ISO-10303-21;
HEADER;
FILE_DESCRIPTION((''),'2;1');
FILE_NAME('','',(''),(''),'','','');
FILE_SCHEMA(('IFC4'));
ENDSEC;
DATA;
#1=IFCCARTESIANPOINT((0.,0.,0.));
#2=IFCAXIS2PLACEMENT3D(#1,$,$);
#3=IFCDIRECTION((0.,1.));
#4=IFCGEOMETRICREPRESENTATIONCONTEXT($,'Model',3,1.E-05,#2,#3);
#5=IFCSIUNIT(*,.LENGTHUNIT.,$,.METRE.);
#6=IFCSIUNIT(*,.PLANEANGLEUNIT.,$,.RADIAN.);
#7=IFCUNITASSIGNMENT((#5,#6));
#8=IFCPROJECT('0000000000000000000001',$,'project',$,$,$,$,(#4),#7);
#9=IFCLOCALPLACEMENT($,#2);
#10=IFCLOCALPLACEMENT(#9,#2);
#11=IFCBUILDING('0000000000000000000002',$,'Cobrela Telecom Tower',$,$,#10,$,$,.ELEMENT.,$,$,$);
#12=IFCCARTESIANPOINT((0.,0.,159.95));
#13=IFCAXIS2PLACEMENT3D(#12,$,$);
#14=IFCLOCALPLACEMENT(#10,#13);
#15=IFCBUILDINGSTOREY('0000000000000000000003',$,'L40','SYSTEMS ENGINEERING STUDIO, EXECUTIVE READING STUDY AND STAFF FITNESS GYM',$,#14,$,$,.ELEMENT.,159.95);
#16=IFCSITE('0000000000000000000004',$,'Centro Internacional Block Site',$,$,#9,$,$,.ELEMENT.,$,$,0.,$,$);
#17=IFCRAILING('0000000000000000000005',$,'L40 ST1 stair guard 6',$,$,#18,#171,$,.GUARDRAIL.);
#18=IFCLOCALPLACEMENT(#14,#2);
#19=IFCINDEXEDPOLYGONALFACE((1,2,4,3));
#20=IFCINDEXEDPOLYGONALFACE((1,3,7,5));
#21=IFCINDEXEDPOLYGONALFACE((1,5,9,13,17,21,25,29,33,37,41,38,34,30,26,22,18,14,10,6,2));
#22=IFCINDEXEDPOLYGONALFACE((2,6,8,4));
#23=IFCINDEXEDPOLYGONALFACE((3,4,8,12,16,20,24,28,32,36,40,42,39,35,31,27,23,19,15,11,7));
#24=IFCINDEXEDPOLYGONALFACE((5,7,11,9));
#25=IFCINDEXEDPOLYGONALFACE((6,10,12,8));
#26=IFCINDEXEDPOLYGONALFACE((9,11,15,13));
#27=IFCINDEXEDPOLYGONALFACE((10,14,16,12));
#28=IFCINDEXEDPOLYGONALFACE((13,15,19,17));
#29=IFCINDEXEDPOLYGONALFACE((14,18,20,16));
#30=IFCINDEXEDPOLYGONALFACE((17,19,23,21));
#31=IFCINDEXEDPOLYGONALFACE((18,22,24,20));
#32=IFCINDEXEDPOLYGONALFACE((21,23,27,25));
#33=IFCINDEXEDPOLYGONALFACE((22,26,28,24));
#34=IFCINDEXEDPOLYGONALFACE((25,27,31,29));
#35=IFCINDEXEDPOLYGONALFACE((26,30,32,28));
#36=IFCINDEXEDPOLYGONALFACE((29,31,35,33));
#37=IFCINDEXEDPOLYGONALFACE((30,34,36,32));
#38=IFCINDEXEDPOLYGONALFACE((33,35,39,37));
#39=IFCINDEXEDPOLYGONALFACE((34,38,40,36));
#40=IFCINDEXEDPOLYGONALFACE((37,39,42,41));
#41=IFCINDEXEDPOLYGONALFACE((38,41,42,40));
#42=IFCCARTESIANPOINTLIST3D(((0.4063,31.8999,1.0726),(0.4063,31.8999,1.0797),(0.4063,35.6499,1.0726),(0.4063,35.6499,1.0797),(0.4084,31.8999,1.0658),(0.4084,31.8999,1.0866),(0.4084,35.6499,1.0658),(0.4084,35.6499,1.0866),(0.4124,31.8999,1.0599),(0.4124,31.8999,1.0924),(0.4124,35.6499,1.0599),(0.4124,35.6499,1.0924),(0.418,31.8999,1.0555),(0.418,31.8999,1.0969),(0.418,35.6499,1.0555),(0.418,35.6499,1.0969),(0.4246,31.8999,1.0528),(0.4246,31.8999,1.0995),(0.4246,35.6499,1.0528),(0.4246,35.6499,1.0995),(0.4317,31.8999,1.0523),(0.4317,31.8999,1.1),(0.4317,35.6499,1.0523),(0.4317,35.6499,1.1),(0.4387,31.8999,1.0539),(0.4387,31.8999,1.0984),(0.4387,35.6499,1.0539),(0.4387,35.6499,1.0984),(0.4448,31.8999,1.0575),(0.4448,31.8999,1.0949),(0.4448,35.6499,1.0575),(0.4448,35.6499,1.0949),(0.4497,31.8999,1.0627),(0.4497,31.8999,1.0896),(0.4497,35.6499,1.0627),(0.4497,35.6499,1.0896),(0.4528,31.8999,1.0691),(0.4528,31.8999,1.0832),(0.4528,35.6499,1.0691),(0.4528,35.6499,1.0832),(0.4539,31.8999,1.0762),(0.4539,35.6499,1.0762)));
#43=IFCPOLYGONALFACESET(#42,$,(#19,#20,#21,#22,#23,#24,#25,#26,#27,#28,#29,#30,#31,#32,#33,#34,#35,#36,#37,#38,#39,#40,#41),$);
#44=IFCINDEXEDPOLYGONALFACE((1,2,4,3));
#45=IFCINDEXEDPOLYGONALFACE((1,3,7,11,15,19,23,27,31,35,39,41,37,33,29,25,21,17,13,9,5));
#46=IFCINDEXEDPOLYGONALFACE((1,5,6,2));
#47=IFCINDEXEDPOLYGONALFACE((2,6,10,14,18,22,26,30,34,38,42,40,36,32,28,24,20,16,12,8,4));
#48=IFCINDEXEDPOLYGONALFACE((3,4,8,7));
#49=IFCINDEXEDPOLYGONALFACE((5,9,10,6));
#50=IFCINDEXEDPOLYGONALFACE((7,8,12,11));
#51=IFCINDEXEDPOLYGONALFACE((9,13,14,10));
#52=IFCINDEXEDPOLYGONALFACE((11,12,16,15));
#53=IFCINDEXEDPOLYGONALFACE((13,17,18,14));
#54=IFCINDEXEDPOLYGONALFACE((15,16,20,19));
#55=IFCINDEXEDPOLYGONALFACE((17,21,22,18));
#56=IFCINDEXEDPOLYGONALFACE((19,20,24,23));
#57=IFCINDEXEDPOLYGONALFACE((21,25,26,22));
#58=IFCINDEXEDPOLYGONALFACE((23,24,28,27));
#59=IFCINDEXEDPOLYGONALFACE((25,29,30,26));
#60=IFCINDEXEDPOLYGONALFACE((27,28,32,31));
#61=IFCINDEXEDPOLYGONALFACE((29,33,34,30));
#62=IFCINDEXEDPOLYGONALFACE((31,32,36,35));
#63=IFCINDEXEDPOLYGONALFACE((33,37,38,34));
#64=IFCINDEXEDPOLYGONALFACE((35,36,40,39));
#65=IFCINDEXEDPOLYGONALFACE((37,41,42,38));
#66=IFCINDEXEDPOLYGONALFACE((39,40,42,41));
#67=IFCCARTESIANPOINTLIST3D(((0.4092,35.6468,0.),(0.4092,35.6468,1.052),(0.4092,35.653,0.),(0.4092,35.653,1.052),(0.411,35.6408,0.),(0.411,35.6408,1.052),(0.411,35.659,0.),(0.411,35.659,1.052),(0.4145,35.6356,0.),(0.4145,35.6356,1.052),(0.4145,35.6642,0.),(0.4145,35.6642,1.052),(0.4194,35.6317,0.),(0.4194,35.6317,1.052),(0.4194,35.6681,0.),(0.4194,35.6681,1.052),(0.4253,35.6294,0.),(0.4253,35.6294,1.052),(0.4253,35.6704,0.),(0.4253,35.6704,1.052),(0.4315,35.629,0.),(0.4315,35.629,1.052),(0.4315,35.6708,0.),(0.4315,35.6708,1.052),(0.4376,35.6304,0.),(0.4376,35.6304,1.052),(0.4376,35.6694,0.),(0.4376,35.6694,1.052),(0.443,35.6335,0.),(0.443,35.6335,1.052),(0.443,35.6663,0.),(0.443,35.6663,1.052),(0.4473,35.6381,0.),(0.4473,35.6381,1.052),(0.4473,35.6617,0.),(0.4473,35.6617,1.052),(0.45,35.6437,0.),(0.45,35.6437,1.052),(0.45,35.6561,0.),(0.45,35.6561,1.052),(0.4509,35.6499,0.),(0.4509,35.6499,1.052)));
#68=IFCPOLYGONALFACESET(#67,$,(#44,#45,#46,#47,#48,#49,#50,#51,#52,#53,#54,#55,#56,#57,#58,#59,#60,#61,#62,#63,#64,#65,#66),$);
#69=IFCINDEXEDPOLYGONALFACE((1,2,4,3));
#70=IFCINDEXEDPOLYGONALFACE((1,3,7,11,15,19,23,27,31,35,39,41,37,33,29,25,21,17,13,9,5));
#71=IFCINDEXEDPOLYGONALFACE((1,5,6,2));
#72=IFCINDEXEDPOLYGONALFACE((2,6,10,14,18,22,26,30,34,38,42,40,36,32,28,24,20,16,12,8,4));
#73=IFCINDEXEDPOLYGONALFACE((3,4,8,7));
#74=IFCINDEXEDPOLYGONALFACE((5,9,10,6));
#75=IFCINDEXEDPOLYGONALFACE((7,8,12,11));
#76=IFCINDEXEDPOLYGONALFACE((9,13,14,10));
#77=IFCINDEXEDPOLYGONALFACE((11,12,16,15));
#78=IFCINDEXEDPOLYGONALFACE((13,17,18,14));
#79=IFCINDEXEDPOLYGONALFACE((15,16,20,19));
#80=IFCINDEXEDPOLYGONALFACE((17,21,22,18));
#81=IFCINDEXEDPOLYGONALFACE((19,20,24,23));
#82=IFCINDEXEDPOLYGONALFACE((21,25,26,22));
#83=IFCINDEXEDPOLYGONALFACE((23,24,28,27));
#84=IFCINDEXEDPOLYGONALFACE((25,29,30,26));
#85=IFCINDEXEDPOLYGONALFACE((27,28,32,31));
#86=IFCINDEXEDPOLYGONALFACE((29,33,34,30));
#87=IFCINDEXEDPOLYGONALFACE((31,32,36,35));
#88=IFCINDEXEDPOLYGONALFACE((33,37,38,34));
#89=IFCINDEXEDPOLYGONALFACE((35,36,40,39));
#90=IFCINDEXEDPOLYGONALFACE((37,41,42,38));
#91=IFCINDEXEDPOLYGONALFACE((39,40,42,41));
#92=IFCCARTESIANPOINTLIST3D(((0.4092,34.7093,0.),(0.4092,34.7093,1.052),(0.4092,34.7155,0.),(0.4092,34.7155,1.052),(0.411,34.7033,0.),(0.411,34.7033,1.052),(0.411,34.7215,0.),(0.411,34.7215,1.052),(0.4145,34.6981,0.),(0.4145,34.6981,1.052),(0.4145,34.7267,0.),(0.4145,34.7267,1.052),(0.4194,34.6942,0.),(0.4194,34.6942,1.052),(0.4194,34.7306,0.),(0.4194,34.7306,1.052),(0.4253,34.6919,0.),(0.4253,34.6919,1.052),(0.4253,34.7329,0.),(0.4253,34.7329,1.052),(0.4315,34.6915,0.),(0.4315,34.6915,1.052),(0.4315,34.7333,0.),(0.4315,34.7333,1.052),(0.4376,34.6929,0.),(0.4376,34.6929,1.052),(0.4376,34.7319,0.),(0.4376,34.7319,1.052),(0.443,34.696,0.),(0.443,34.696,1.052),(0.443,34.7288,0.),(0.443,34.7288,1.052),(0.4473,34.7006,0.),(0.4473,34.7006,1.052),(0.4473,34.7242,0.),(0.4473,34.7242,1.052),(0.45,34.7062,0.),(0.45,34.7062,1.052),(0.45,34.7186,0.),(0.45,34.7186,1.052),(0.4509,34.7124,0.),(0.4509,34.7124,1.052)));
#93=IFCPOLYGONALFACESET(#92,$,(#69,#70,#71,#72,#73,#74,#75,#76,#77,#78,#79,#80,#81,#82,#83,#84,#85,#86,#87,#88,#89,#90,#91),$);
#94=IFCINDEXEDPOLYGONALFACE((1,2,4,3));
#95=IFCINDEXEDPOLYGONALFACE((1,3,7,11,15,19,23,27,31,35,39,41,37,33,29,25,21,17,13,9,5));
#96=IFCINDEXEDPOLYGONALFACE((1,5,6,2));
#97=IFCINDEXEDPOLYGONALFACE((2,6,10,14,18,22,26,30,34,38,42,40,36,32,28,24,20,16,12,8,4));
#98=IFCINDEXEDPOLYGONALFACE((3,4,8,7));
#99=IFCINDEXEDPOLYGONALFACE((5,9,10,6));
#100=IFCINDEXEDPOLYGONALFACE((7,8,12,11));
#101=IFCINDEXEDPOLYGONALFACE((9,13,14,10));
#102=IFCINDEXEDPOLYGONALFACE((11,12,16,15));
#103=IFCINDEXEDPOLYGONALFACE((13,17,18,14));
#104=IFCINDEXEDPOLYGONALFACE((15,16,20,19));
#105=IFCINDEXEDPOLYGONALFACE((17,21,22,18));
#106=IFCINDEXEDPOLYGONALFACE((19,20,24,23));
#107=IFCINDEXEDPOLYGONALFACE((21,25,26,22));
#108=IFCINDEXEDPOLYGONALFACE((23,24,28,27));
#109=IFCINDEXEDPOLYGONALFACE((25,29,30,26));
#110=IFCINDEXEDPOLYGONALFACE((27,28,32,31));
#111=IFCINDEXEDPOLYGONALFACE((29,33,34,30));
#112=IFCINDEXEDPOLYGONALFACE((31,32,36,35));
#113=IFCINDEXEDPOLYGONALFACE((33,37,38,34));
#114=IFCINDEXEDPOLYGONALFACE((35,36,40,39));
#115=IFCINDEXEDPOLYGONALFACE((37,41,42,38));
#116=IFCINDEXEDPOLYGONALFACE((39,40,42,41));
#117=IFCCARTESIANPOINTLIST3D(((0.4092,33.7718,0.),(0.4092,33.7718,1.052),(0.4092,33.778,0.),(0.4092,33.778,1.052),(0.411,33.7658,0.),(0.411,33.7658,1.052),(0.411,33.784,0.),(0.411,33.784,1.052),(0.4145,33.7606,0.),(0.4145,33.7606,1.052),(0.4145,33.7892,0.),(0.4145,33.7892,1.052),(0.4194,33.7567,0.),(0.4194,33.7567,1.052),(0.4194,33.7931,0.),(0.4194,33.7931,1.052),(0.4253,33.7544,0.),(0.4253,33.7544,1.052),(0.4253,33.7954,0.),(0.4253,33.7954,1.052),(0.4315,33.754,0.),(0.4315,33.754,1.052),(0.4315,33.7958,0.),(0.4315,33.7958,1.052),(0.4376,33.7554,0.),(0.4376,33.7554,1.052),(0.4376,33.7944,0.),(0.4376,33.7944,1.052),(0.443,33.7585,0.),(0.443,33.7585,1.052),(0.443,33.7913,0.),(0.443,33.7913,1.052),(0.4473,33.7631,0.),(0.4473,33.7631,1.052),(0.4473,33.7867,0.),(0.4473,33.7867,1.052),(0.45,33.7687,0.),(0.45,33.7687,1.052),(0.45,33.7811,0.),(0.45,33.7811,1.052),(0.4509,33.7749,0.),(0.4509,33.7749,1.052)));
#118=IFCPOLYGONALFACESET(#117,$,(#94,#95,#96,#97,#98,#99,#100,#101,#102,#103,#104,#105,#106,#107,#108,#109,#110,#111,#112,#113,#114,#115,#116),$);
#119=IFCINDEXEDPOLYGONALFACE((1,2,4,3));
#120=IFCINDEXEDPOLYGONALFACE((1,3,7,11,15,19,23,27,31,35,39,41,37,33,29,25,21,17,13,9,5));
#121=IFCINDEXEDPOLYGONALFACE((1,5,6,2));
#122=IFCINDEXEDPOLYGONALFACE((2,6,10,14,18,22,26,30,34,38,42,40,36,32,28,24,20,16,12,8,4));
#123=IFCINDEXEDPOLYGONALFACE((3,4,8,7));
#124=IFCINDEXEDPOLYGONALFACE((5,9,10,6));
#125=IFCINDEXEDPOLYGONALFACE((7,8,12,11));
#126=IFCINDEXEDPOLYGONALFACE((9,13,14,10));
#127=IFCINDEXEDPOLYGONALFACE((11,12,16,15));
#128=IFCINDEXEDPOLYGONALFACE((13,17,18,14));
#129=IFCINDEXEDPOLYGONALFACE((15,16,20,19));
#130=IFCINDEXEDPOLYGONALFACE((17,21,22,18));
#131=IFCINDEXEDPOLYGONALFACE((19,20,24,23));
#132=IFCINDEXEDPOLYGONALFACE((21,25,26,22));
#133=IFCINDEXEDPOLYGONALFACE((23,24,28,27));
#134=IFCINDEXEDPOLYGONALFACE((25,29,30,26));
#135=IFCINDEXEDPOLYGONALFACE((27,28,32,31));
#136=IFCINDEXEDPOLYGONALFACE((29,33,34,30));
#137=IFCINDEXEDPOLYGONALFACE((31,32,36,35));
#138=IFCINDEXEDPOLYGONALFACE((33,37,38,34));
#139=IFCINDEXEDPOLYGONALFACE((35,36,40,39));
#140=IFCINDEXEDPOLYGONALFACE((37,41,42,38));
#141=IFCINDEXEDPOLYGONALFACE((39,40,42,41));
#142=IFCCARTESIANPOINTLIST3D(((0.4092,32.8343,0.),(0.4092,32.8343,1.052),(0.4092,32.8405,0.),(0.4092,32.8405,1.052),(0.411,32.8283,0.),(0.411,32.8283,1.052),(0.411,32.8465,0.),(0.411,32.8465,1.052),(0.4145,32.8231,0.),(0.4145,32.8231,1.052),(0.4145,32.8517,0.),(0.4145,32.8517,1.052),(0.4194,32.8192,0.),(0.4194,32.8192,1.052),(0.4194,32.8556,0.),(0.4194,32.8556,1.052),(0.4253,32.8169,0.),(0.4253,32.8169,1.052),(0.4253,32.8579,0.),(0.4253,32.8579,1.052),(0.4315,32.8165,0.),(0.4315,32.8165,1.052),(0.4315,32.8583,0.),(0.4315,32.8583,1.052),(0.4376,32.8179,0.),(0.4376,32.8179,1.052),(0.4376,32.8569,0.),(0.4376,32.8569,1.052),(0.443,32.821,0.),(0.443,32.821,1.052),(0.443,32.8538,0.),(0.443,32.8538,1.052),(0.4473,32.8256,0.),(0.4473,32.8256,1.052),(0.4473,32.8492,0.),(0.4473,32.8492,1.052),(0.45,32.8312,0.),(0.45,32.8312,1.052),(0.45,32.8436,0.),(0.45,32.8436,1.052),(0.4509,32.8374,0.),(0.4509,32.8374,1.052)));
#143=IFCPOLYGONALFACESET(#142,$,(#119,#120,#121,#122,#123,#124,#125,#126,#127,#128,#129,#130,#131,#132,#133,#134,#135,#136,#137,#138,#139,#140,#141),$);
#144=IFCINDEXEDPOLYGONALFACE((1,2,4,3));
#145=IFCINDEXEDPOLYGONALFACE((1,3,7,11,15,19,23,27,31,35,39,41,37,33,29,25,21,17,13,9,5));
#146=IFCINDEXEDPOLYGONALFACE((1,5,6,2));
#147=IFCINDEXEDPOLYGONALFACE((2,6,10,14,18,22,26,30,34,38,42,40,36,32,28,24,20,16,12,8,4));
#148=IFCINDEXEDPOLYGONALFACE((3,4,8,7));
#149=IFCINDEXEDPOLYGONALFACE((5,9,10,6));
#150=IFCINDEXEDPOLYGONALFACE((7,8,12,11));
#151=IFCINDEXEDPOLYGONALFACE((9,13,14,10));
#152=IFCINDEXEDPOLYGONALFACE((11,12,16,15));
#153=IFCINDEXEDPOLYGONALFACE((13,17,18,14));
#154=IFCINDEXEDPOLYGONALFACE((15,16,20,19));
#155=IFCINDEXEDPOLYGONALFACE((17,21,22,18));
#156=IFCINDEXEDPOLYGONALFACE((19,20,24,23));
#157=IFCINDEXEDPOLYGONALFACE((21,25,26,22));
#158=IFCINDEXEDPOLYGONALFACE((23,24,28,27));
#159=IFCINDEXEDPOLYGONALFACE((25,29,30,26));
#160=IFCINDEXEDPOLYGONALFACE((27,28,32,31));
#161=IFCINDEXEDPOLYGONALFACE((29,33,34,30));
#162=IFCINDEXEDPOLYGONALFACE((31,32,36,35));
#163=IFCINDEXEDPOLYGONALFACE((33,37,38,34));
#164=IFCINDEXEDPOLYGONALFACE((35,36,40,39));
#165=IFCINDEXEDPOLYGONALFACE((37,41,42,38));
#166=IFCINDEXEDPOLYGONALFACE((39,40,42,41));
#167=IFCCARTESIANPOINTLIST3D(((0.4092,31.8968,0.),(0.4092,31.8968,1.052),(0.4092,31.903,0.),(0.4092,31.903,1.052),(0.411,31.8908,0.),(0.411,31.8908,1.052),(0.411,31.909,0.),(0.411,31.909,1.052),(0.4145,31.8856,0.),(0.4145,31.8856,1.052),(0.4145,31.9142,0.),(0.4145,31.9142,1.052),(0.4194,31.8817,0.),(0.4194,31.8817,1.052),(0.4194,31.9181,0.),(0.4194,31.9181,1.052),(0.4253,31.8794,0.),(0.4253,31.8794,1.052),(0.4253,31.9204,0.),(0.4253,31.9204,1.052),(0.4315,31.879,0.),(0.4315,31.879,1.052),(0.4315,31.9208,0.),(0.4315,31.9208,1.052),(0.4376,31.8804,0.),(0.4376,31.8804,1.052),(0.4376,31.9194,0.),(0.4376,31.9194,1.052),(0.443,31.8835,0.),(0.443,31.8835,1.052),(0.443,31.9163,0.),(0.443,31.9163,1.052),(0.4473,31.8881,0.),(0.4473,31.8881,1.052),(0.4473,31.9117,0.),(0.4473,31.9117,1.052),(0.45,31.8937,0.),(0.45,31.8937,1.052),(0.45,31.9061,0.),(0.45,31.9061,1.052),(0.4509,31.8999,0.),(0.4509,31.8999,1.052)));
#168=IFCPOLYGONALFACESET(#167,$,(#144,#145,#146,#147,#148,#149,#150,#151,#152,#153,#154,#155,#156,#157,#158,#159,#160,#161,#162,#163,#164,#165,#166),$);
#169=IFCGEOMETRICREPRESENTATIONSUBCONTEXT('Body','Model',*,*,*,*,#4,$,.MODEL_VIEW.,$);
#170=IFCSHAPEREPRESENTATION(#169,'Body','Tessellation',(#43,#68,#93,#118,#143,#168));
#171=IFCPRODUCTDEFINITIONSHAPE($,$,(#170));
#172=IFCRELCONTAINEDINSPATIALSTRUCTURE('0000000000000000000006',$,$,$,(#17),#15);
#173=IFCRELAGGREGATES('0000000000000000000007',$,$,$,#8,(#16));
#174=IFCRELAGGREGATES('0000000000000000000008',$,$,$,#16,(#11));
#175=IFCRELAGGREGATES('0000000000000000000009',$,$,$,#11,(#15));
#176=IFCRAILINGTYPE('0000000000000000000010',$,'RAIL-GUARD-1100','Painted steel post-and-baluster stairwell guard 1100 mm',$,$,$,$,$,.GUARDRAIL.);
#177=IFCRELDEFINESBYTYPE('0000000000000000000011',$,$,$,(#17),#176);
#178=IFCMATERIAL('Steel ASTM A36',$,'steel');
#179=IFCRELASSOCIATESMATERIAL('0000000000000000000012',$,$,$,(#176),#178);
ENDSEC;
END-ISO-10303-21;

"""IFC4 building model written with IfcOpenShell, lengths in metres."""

from ifc_helpers import new_model, si_unit, direction, frame, origin, origin_2d, place, context, subcontext, project, spatial, circle, extrude, material, type_object, element, save


model = new_model("IFC4")

# Units and contexts
model_context = context("Model", 3, precision=1e-05, world=origin(), true_north=direction((0.0, 1.0)))
body_context = subcontext(model_context, "Body", "Model", "MODEL_VIEW")
ifc_project = project(units=[si_unit("LENGTHUNIT", "METRE"), si_unit("PLANEANGLEUNIT", "RADIAN")], contexts=[model_context])

# Site, building, storey
site_placement = place(None, origin())
site = spatial("IfcSite", under=ifc_project, at=site_placement, Name="Centro Internacional Block Site", CompositionType="ELEMENT", RefElevation=0.0)
building_placement = place(site_placement, origin())
building = spatial("IfcBuilding", under=site, at=building_placement, Name="Cobrela Telecom Tower", CompositionType="ELEMENT")
storey_placement = place(building_placement, frame((0.0, 0.0, 159.95)))
storey = spatial("IfcBuildingStorey", under=building, at=storey_placement, Name="L40", Description="SYSTEMS ENGINEERING STUDIO, EXECUTIVE READING STUDY AND STAFF FITNESS GYM", CompositionType="ELEMENT", Elevation=159.95)

# Shared definitions
ifc_material_1 = material(Name="Steel ASTM A36", Category="steel")

# Railing
railing_type_1 = type_object("IfcRailingType", Name="RAIL-GUARD-1100", Description="Painted steel post-and-baluster stairwell guard 1100 mm", PredefinedType="GUARDRAIL", material=ifc_material_1)
railing_1_placement = place(storey_placement, frame((0.4299, 35.6499, 0.0)))
element("IfcRailing", 1, at=railing_1_placement, inside=storey, type_object=railing_type_1, Name="L40 ST1 stair guard 6", PredefinedType="GUARDRAIL", context=body_context, shape_type="SweptSolid", body=[
    extrude(circle(Radius=0.0239, at=origin_2d()), frame((0.0, 0.0, 1.0762), z_axis=(0.0, -1.0, 0.0), x_axis=(1.0, 0.0, 0.0)), (0.0, 0.0, 1.0), 3.75),
    extrude(circle(Radius=0.021, at=origin_2d()), origin(), (0.0, 0.0, 1.0), 1.052),
    extrude(circle(Radius=0.021, at=origin_2d()), frame((0.0, -0.9375, 0.0)), (0.0, 0.0, 1.0), 1.052),
    extrude(circle(Radius=0.021, at=origin_2d()), frame((0.0, -1.875, 0.0)), (0.0, 0.0, 1.0), 1.052),
    extrude(circle(Radius=0.021, at=origin_2d()), frame((0.0, -2.8125, 0.0)), (0.0, 0.0, 1.0), 1.052),
    extrude(circle(Radius=0.021, at=origin_2d()), frame((0.0, -3.75, 0.0)), (0.0, 0.0, 1.0), 1.052),
])

save(model, "model.ifc")
